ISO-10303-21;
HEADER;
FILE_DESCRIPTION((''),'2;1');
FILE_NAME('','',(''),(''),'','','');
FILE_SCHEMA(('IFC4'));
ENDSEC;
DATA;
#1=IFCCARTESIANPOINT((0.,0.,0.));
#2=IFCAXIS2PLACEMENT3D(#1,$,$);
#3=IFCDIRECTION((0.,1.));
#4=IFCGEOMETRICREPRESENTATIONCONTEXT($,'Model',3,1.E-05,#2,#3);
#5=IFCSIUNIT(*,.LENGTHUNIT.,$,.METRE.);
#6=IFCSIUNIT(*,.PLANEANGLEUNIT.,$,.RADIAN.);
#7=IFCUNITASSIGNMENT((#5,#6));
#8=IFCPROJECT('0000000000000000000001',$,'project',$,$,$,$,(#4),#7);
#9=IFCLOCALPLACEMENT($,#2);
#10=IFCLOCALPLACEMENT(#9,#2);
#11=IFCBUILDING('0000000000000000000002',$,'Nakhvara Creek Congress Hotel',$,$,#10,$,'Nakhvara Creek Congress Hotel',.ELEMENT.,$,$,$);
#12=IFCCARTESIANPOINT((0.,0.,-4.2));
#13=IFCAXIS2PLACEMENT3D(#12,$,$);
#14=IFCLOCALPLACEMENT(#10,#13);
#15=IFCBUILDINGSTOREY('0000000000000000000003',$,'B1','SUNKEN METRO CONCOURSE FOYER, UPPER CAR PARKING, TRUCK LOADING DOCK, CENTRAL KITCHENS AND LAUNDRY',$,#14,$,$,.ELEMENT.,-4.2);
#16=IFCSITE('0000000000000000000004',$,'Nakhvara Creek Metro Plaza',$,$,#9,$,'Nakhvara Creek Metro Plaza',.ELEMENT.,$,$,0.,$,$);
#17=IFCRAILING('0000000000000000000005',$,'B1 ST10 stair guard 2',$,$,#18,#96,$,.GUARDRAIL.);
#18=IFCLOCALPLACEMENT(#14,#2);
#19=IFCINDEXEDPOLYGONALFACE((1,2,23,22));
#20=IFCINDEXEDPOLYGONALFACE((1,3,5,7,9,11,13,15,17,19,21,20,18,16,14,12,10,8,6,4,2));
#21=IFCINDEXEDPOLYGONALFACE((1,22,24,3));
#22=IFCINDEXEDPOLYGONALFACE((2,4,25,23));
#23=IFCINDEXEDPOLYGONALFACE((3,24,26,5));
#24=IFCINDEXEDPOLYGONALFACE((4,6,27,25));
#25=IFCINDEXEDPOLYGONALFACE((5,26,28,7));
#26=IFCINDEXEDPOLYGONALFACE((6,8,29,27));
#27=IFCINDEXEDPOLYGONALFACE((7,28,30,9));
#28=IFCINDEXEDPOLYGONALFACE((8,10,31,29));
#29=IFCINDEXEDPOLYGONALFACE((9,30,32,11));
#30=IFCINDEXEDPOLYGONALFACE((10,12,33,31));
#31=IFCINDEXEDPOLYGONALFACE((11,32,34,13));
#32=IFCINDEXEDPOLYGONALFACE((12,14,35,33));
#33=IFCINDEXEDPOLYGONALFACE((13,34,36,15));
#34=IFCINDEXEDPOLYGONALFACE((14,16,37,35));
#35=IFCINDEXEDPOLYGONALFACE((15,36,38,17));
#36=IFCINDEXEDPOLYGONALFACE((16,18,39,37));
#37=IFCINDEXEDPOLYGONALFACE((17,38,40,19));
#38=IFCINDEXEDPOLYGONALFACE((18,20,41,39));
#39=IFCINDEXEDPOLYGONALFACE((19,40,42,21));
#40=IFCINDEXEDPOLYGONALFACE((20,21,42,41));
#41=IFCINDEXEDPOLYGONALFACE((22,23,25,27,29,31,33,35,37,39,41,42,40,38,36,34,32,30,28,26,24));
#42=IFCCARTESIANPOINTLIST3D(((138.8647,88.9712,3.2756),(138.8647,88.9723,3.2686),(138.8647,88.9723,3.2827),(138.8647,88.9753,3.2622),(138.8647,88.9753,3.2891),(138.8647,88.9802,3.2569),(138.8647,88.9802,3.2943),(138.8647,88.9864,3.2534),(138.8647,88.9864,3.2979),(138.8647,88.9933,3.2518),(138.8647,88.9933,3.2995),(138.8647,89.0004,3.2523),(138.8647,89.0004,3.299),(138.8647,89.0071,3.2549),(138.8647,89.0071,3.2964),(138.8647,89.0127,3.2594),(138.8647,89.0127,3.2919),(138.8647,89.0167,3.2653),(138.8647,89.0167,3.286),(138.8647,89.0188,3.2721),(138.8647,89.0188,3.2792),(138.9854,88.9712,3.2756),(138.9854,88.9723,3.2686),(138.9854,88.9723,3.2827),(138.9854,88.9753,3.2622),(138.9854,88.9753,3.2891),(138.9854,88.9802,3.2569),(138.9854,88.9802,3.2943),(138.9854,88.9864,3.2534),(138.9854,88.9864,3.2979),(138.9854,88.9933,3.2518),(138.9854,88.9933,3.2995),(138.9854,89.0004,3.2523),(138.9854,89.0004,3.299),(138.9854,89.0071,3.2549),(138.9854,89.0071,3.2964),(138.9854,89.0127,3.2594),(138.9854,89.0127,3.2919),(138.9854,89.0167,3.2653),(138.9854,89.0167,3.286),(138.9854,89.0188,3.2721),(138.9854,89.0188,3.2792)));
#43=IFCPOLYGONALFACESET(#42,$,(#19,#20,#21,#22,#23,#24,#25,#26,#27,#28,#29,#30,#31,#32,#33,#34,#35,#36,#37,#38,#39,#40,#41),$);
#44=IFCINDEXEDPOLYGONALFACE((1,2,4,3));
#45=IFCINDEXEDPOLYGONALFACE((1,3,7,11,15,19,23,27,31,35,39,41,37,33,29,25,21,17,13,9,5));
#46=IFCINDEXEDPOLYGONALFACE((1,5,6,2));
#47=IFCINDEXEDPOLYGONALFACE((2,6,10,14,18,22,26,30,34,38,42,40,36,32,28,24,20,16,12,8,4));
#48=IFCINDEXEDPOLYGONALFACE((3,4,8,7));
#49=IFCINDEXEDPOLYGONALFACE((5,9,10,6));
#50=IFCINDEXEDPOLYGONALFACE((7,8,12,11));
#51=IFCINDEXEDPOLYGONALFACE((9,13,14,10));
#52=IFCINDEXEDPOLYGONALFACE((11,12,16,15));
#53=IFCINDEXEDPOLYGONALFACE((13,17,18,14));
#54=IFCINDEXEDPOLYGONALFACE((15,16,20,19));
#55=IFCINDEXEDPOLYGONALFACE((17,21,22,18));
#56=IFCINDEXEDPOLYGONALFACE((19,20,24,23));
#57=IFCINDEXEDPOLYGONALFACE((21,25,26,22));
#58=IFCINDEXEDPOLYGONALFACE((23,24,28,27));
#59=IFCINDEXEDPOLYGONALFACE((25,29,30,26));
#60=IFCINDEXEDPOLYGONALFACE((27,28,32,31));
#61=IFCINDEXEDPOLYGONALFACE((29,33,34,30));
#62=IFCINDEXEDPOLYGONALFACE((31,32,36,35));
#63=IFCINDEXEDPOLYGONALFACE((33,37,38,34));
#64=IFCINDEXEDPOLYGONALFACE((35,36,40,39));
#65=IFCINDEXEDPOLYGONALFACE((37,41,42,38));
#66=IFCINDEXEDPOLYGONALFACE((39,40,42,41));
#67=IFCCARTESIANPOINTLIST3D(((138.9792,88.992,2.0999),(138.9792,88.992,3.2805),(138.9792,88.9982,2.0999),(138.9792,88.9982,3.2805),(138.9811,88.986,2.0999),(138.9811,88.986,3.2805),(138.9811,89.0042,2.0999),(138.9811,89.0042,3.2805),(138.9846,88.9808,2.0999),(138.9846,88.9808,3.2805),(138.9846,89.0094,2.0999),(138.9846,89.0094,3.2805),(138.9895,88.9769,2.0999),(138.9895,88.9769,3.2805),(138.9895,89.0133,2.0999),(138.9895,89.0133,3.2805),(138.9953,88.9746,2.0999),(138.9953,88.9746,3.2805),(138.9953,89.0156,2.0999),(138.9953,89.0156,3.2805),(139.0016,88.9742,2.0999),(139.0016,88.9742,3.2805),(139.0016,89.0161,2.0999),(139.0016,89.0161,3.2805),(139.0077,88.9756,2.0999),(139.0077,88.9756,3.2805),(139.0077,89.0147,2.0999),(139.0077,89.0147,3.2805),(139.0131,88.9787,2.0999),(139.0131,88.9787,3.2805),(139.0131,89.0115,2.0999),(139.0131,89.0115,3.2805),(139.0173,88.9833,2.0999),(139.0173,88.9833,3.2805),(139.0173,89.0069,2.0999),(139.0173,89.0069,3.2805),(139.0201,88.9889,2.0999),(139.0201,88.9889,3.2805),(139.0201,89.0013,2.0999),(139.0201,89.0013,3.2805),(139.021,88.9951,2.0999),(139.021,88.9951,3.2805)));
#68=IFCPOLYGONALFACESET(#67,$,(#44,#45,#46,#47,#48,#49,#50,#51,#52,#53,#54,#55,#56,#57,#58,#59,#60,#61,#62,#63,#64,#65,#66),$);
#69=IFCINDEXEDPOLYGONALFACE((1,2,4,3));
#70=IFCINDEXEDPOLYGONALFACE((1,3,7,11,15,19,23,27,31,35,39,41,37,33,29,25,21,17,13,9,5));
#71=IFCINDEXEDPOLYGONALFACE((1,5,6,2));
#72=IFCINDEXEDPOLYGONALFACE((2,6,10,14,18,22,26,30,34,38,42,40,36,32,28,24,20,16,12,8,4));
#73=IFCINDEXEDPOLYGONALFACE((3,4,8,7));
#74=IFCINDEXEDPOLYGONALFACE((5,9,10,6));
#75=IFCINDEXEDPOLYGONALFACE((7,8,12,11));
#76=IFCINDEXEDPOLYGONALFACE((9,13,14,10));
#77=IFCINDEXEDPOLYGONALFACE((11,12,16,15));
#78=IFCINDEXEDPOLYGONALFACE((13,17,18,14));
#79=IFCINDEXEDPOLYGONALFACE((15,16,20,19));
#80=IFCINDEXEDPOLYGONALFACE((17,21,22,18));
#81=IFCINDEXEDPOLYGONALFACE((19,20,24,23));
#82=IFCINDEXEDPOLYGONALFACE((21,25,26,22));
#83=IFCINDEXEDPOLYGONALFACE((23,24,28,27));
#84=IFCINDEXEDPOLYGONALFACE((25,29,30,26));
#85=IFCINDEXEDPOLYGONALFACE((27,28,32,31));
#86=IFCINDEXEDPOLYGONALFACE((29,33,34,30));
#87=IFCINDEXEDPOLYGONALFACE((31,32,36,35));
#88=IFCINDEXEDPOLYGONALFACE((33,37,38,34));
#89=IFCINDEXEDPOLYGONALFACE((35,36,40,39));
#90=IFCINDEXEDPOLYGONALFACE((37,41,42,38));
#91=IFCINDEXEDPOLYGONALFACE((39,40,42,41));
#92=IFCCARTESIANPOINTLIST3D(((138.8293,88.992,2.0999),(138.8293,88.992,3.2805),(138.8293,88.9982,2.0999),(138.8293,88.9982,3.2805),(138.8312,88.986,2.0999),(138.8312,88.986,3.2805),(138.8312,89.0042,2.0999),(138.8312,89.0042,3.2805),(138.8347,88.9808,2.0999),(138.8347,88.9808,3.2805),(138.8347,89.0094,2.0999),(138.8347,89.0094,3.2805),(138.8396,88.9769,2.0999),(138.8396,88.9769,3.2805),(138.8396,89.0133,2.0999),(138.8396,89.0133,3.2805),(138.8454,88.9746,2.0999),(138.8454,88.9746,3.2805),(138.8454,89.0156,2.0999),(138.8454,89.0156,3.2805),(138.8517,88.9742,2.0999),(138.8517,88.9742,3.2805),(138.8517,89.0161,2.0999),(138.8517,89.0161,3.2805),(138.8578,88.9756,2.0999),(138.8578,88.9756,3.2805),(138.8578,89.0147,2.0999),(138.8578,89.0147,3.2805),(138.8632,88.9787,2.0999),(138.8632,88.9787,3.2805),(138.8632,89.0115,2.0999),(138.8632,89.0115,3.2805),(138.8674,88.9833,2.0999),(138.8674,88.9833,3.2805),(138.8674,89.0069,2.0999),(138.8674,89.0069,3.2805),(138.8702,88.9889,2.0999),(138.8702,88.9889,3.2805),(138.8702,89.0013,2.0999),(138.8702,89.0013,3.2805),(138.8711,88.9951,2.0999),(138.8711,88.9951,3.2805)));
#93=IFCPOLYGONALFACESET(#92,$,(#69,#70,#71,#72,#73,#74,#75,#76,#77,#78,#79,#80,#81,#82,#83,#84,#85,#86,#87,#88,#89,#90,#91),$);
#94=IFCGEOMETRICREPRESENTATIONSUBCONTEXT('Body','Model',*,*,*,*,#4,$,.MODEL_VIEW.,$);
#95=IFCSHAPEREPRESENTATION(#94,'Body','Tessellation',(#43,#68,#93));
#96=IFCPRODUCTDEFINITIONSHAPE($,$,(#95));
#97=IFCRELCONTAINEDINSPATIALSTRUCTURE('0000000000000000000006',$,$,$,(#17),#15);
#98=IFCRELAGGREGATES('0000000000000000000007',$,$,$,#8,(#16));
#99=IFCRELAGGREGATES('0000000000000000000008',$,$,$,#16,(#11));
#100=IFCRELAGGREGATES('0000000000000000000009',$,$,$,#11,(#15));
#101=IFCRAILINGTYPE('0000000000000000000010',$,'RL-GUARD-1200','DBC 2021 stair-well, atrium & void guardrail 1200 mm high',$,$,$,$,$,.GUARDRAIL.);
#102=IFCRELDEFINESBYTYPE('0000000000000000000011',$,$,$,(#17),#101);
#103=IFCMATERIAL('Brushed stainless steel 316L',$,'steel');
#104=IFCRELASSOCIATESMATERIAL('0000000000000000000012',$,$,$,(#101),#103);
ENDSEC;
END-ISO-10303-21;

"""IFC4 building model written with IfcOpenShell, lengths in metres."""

from ifc_helpers import new_model, si_unit, direction, frame, origin, origin_2d, place, context, subcontext, project, spatial, circle, extrude, material, type_object, element, save


model = new_model("IFC4")

# Units and contexts
model_context = context("Model", 3, precision=1e-05, world=origin(), true_north=direction((0.0, 1.0)))
body_context = subcontext(model_context, "Body", "Model", "MODEL_VIEW")
ifc_project = project(units=[si_unit("LENGTHUNIT", "METRE"), si_unit("PLANEANGLEUNIT", "RADIAN")], contexts=[model_context])

# Site, building, storey
site_placement = place(None, origin())
site = spatial("IfcSite", under=ifc_project, at=site_placement, Name="Nakhvara Creek Metro Plaza", LongName="Nakhvara Creek Metro Plaza", CompositionType="ELEMENT", RefElevation=0.0)
building_placement = place(site_placement, origin())
building = spatial("IfcBuilding", under=site, at=building_placement, Name="Nakhvara Creek Congress Hotel", LongName="Nakhvara Creek Congress Hotel", CompositionType="ELEMENT")
storey_placement = place(building_placement, frame((0.0, 0.0, -4.2)))
storey = spatial("IfcBuildingStorey", under=building, at=storey_placement, Name="B1", Description="SUNKEN METRO CONCOURSE FOYER, UPPER CAR PARKING, TRUCK LOADING DOCK, CENTRAL KITCHENS AND LAUNDRY", CompositionType="ELEMENT", Elevation=-4.2)

# Railing
ifc_material_1 = material(Name="Brushed stainless steel 316L", Category="steel")
railing_type_1 = type_object("IfcRailingType", Name="RL-GUARD-1200", Description="DBC 2021 stair-well, atrium & void guardrail 1200 mm high", PredefinedType="GUARDRAIL", material=ifc_material_1)
railing_1_placement = place(storey_placement, frame((139.0, 88.9951, 2.0999)))
element("IfcRailing", 1, at=railing_1_placement, inside=storey, type_object=railing_type_1, Name="B1 ST10 stair guard 2", PredefinedType="GUARDRAIL", context=body_context, shape_type="SweptSolid", body=[
    extrude(circle(Radius=0.0239, at=origin_2d()), frame((-0.0146, 0.0, 1.1758), z_axis=(-1.0, 0.0, 0.0), x_axis=(0.0, -1.0, 0.0)), (0.0, 0.0, 1.0), 0.1206),
    extrude(circle(Radius=0.021, at=origin_2d()), origin(), (0.0, 0.0, 1.0), 1.1807),
    extrude(circle(Radius=0.021, at=origin_2d()), frame((-0.1499, 0.0, 0.0)), (0.0, 0.0, 1.0), 1.1807),
])

save(model, "model.ifc")
